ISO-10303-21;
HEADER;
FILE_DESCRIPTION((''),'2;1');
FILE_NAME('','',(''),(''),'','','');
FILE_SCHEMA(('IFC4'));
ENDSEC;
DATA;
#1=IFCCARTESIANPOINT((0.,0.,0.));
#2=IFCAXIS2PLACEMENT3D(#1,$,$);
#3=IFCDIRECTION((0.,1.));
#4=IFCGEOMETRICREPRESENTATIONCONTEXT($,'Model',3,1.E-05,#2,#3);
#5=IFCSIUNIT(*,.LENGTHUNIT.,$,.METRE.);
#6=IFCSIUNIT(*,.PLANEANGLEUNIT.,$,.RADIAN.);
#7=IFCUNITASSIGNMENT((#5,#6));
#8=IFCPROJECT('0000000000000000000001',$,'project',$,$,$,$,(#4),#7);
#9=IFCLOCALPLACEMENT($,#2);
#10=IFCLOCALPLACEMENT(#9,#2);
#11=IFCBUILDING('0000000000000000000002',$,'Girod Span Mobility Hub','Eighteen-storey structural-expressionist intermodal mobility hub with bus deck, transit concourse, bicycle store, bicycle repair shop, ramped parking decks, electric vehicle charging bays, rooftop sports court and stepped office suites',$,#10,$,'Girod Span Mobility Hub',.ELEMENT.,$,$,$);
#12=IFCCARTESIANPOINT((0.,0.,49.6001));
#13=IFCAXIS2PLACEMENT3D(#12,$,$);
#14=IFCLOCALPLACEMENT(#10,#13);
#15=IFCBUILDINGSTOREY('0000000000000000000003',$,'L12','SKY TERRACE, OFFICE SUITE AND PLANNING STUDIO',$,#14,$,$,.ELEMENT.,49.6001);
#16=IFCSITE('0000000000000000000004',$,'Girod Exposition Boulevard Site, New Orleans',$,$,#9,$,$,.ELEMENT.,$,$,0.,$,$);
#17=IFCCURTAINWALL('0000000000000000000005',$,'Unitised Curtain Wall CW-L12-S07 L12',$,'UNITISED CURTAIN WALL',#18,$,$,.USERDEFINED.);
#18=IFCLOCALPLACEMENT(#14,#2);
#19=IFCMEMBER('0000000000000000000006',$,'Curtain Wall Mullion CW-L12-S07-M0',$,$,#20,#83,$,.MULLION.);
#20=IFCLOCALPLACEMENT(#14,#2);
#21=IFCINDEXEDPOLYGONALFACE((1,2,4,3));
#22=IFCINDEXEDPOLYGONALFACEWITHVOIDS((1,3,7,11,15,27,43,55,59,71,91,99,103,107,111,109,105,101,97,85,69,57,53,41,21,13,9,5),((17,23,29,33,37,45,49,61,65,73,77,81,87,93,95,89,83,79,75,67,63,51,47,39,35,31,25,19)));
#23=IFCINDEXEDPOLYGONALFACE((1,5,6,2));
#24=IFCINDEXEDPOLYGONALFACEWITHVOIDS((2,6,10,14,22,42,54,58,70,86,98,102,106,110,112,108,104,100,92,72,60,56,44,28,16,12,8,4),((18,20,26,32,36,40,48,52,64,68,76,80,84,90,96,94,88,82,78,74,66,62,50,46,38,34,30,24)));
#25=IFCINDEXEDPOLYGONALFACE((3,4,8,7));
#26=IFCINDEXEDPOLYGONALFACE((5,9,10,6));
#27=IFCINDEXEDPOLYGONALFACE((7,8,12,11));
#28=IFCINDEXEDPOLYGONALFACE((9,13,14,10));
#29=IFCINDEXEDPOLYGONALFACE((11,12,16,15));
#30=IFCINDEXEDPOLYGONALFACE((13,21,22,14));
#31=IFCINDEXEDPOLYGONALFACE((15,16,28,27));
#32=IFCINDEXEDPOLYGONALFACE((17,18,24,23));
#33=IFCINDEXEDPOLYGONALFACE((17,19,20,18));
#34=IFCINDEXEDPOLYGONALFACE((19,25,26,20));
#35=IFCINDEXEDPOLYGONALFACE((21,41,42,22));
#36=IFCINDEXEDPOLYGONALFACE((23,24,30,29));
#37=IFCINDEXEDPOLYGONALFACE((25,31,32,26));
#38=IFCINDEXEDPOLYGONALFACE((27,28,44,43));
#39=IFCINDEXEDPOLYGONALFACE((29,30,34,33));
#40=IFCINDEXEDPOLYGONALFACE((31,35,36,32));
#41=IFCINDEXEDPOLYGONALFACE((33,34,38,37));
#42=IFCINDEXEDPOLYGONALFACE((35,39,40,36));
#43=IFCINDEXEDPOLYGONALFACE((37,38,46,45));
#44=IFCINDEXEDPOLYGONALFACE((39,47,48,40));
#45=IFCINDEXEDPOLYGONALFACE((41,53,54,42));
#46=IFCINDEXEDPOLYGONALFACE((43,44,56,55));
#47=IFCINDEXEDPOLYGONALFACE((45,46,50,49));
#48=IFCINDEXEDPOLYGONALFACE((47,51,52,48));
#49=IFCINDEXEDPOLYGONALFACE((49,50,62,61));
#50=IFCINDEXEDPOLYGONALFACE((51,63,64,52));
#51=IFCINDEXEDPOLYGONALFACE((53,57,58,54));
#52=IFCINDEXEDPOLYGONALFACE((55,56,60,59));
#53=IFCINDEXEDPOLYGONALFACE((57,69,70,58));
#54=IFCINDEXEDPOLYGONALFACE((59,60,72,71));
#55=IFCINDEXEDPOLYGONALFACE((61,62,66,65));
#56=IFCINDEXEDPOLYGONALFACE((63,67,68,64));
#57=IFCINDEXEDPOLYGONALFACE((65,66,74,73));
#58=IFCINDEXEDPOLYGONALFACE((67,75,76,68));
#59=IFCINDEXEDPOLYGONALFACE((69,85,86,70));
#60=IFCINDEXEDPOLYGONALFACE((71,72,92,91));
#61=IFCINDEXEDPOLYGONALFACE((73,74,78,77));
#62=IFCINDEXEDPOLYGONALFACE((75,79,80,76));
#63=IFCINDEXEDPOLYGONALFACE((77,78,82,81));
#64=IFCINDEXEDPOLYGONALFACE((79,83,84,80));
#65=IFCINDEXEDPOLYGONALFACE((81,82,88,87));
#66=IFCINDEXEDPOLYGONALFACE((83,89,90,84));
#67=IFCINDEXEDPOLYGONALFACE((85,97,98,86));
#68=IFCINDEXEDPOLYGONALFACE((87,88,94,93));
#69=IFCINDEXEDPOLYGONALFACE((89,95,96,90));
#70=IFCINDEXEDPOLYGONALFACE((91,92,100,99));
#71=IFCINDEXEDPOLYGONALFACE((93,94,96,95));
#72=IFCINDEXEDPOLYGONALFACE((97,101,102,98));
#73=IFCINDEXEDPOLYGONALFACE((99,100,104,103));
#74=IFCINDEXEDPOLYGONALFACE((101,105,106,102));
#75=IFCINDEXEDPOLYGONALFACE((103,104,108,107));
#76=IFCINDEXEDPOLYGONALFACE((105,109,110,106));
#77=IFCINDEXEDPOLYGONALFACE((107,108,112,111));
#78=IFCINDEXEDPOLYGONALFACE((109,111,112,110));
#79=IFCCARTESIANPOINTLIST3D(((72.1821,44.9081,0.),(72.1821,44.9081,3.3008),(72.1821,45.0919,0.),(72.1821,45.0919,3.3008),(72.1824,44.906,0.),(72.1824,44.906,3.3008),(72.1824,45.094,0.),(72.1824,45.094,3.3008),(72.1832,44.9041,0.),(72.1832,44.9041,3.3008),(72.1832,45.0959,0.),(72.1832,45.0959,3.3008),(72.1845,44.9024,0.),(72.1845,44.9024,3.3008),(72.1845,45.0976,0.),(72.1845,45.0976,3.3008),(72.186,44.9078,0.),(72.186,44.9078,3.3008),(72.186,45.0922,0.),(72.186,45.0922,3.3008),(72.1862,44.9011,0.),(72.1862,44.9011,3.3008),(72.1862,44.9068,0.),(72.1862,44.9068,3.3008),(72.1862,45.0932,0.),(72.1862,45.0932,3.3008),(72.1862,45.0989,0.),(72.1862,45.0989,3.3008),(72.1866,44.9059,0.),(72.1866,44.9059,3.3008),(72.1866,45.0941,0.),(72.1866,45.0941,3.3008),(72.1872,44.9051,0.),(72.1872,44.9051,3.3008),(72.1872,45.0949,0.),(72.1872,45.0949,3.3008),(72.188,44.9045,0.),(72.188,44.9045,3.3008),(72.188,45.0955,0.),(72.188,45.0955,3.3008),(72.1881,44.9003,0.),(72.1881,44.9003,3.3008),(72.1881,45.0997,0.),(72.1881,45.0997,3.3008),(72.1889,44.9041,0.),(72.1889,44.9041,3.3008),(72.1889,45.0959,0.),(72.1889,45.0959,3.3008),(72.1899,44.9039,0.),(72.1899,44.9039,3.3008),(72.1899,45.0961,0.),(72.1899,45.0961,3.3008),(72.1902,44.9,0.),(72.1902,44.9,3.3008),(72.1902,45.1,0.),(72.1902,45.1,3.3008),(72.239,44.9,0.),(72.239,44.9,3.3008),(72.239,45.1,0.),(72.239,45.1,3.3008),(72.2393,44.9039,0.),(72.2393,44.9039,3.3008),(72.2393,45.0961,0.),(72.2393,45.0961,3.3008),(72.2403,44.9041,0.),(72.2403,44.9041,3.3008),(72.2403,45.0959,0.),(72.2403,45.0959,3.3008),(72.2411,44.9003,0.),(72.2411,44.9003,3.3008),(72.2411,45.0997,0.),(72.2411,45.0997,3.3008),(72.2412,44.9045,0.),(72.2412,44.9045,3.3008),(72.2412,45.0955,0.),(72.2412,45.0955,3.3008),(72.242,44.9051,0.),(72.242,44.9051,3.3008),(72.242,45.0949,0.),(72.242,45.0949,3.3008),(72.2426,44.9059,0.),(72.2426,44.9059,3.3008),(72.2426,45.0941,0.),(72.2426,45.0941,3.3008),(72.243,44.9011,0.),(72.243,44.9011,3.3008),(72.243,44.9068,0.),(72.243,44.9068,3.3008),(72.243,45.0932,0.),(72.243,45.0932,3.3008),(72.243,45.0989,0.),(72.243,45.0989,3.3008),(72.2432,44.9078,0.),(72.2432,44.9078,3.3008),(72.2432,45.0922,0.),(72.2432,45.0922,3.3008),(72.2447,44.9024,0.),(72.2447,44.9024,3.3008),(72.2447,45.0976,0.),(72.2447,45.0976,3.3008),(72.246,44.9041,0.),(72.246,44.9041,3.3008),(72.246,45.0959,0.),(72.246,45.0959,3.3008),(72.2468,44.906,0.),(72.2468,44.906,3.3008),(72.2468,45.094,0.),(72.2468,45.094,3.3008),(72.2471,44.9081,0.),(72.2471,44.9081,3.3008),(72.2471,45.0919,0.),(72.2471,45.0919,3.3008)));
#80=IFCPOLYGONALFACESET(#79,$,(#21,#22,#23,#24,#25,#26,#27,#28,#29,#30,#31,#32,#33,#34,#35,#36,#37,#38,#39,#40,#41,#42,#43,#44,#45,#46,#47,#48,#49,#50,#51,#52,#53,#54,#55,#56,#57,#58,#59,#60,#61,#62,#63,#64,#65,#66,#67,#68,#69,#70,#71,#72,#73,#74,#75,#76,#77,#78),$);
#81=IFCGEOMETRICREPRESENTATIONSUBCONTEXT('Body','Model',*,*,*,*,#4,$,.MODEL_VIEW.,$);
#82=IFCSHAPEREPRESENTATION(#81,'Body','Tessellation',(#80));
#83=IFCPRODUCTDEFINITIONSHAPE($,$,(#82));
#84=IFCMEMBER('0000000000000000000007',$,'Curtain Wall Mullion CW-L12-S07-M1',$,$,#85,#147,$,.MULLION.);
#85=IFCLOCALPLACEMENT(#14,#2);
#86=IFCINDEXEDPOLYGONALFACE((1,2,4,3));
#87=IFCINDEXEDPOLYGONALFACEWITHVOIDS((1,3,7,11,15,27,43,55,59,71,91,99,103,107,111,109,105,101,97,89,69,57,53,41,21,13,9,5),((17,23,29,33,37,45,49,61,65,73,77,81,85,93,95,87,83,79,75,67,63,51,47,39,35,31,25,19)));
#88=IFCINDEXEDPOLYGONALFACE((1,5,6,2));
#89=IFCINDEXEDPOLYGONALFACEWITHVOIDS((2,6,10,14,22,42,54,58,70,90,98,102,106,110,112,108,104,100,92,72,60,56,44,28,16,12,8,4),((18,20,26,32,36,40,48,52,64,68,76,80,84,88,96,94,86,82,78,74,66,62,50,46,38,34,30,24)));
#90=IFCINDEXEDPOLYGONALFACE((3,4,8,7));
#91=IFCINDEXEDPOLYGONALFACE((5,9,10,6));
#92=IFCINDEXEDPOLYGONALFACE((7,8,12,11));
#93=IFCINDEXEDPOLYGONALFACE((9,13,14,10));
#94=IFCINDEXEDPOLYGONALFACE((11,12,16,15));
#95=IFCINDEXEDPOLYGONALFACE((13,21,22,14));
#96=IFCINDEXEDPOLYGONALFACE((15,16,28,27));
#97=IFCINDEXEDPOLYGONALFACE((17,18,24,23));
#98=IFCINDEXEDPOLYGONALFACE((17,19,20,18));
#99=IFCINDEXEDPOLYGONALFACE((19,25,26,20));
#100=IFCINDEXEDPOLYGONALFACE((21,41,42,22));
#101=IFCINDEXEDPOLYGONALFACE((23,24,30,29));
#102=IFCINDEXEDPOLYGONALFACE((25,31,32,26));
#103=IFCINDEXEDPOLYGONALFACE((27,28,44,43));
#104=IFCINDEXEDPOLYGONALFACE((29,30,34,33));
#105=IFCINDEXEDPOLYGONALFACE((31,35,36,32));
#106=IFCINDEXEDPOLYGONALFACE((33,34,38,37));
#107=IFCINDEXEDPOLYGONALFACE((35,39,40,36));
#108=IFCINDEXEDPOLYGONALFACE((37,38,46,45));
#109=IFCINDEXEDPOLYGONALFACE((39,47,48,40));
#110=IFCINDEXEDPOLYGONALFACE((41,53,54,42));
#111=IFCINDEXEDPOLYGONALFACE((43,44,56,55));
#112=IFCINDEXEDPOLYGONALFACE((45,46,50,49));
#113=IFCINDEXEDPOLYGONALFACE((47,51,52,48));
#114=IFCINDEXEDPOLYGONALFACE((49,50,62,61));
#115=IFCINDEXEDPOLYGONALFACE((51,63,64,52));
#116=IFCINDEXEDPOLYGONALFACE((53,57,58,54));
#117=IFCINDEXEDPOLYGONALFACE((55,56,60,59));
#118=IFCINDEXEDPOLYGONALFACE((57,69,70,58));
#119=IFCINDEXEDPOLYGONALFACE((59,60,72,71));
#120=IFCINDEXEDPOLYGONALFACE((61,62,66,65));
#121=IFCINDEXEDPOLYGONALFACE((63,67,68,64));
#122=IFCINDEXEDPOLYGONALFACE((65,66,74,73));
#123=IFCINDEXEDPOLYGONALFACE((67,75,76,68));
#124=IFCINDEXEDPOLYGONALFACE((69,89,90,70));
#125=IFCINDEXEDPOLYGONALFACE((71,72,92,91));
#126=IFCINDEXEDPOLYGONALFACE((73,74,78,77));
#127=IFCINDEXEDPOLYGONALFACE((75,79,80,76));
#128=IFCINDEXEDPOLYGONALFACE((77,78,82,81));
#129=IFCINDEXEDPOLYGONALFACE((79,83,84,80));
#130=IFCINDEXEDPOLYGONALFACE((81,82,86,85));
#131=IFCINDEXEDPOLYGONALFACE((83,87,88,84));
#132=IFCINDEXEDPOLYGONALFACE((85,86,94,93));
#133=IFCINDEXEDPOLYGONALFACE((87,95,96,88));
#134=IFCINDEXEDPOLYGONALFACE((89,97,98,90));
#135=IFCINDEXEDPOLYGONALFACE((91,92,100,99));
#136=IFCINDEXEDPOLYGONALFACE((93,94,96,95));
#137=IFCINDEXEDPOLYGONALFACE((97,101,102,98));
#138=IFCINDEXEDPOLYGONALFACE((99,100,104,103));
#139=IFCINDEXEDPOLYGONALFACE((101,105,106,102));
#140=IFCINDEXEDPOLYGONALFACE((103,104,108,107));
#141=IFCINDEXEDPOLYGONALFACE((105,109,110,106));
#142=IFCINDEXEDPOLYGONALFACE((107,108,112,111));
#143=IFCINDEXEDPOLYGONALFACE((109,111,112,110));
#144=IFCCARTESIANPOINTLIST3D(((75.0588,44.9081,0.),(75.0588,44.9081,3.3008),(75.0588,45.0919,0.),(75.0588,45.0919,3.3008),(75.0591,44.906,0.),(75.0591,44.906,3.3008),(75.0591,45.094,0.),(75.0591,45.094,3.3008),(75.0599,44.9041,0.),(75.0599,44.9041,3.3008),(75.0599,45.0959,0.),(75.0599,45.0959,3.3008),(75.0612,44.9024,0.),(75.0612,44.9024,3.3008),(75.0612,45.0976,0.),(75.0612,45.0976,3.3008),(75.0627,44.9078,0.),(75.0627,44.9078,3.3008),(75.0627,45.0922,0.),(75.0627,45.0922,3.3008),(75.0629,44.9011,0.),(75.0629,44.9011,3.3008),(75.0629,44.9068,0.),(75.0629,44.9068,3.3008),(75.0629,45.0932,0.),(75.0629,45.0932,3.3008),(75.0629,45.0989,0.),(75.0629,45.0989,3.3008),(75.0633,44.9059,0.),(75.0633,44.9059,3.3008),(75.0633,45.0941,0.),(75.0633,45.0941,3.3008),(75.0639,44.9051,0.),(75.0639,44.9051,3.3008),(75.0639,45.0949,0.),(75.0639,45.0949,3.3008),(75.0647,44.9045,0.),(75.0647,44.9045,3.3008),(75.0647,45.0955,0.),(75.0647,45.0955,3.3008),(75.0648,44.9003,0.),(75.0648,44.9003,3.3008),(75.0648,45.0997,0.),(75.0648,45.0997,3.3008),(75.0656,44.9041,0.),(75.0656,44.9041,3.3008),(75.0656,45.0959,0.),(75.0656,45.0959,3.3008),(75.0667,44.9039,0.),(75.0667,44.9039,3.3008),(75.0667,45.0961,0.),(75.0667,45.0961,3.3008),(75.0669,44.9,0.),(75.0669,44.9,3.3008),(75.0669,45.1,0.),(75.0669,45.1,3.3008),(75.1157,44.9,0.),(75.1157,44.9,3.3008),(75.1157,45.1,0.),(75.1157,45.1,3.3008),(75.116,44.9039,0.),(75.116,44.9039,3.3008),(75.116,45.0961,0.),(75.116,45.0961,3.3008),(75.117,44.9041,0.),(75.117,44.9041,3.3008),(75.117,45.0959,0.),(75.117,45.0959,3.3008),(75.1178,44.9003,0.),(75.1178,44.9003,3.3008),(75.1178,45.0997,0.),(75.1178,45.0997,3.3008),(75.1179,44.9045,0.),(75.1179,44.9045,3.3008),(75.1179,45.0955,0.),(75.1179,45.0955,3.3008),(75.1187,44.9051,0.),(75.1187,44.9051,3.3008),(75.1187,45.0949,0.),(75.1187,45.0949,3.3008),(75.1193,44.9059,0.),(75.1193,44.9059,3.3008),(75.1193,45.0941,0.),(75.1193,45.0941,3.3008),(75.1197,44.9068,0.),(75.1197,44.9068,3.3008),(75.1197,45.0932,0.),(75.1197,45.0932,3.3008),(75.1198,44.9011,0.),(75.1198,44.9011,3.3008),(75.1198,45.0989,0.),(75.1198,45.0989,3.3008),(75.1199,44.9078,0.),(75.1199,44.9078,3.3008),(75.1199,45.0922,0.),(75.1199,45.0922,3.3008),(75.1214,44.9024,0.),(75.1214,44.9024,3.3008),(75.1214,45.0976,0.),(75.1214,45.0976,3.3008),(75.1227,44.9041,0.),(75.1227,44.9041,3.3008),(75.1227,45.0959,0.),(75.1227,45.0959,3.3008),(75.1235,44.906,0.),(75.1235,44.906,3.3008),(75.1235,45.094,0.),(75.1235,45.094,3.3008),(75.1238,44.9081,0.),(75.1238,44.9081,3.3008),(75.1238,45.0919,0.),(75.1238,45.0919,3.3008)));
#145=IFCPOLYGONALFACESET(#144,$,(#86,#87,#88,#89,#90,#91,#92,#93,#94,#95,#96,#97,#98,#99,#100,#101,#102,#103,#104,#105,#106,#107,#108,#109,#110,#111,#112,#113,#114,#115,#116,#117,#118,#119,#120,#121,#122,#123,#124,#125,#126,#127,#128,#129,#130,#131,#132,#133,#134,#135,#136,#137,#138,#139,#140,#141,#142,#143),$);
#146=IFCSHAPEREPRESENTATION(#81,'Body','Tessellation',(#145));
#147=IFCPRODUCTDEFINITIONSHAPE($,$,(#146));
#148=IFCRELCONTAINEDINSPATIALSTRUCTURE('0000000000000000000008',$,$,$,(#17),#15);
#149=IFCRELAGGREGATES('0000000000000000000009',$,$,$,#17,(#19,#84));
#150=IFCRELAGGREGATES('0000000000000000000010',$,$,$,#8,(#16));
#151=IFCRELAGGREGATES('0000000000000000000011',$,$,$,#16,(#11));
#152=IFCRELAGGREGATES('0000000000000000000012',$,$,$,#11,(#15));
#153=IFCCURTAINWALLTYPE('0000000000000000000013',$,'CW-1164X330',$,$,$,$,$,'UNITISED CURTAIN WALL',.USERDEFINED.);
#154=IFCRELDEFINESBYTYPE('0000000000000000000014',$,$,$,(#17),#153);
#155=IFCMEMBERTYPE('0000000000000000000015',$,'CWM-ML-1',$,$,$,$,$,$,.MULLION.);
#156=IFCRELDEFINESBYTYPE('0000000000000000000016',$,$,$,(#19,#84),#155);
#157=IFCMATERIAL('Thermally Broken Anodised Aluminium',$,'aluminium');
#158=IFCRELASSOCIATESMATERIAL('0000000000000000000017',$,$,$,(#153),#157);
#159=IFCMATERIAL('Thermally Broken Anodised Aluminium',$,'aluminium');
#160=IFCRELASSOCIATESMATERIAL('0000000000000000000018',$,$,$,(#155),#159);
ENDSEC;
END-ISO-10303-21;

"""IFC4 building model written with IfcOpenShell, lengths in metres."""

from ifc_helpers import new_model, si_unit, direction, frame, origin, origin_2d, place, context, subcontext, project, spatial, hollow_rectangle, extrude, material, material_profile, profile_set, type_object, element, aggregate, save


model = new_model("IFC4")

# Units and contexts
model_context = context("Model", 3, precision=1e-05, world=origin(), true_north=direction((0.0, 1.0)))
body_context = subcontext(model_context, "Body", "Model", "MODEL_VIEW")
ifc_project = project(units=[si_unit("LENGTHUNIT", "METRE"), si_unit("PLANEANGLEUNIT", "RADIAN")], contexts=[model_context])

# Site, building, storey
site_placement = place(None, origin())
site = spatial("IfcSite", under=ifc_project, at=site_placement, Name="Girod Exposition Boulevard Site, New Orleans", CompositionType="ELEMENT", RefElevation=0.0)
building_placement = place(site_placement, origin())
building = spatial("IfcBuilding", under=site, at=building_placement, Name="Girod Span Mobility Hub", Description="Eighteen-storey structural-expressionist intermodal mobility hub with bus deck, transit concourse, bicycle store, bicycle repair shop, ramped parking decks, electric vehicle charging bays, rooftop sports court and stepped office suites", LongName="Girod Span Mobility Hub", CompositionType="ELEMENT")
storey_placement = place(building_placement, frame((0.0, 0.0, 49.6001)))
storey = spatial("IfcBuildingStorey", under=building, at=storey_placement, Name="L12", Description="SKY TERRACE, OFFICE SUITE AND PLANNING STUDIO", CompositionType="ELEMENT", Elevation=49.6001)

# Curtain wall, members
ifc_material_1 = material(Name="Thermally Broken Anodised Aluminium", Category="aluminium")
curtain_wall_type = type_object("IfcCurtainWallType", Name="CW-1164X330", ElementType="UNITISED CURTAIN WALL", PredefinedType="USERDEFINED", material=ifc_material_1)
curtain_wall_placement = place(storey_placement, origin())
curtain_wall = element("IfcCurtainWall", 1, at=curtain_wall_placement, inside=storey, type_object=curtain_wall_type, Name="Unitised Curtain Wall CW-L12-S07 L12", ObjectType="UNITISED CURTAIN WALL", PredefinedType="USERDEFINED")
ifc_material_2 = material(Name="Thermally Broken Anodised Aluminium", Category="aluminium")
ifc_material_profile_1 = material_profile(ifc_material_2, hollow_rectangle(XDim=0.2, YDim=0.0649, WallThickness=0.0039, InnerFilletRadius=0.0039, OuterFilletRadius=0.0081, at=origin_2d()), Name="CW-ML-65X200")
ifc_profile_set_1 = profile_set([ifc_material_profile_1], Name="Thermally Broken Anodised Aluminium")
member_type_1 = type_object("IfcMemberType", Name="CWM-ML-1", PredefinedType="MULLION", material=ifc_profile_set_1)
member_1_placement = place(storey_placement, frame((72.2146, 45.0, 0.0), z_axis=(0.0, 0.0, 1.0), x_axis=(0.0, 1.0, 0.0)))
member_1 = element("IfcMember", 2, at=member_1_placement, type_object=member_type_1, Name="Curtain Wall Mullion CW-L12-S07-M0", PredefinedType="MULLION", context=body_context, shape_type="SweptSolid", body=[
    extrude(hollow_rectangle(XDim=0.2, YDim=0.0649, WallThickness=0.0039, InnerFilletRadius=0.0039, OuterFilletRadius=0.0081, at=origin_2d()), origin(), (0.0, 0.0, 1.0), 3.3008),
])
member_2_placement = place(storey_placement, frame((75.0913, 45.0, 0.0), z_axis=(0.0, 0.0, 1.0), x_axis=(0.0, 1.0, 0.0)))
member_2 = element("IfcMember", 3, at=member_2_placement, type_object=member_type_1, Name="Curtain Wall Mullion CW-L12-S07-M1", PredefinedType="MULLION", context=body_context, shape_type="SweptSolid", body=[
    extrude(hollow_rectangle(XDim=0.2, YDim=0.0649, WallThickness=0.0039, InnerFilletRadius=0.0039, OuterFilletRadius=0.0081, at=origin_2d()), origin(), (0.0, 0.0, 1.0), 3.3008),
])
aggregate(curtain_wall, [member_1, member_2])

save(model, "model.ifc")
